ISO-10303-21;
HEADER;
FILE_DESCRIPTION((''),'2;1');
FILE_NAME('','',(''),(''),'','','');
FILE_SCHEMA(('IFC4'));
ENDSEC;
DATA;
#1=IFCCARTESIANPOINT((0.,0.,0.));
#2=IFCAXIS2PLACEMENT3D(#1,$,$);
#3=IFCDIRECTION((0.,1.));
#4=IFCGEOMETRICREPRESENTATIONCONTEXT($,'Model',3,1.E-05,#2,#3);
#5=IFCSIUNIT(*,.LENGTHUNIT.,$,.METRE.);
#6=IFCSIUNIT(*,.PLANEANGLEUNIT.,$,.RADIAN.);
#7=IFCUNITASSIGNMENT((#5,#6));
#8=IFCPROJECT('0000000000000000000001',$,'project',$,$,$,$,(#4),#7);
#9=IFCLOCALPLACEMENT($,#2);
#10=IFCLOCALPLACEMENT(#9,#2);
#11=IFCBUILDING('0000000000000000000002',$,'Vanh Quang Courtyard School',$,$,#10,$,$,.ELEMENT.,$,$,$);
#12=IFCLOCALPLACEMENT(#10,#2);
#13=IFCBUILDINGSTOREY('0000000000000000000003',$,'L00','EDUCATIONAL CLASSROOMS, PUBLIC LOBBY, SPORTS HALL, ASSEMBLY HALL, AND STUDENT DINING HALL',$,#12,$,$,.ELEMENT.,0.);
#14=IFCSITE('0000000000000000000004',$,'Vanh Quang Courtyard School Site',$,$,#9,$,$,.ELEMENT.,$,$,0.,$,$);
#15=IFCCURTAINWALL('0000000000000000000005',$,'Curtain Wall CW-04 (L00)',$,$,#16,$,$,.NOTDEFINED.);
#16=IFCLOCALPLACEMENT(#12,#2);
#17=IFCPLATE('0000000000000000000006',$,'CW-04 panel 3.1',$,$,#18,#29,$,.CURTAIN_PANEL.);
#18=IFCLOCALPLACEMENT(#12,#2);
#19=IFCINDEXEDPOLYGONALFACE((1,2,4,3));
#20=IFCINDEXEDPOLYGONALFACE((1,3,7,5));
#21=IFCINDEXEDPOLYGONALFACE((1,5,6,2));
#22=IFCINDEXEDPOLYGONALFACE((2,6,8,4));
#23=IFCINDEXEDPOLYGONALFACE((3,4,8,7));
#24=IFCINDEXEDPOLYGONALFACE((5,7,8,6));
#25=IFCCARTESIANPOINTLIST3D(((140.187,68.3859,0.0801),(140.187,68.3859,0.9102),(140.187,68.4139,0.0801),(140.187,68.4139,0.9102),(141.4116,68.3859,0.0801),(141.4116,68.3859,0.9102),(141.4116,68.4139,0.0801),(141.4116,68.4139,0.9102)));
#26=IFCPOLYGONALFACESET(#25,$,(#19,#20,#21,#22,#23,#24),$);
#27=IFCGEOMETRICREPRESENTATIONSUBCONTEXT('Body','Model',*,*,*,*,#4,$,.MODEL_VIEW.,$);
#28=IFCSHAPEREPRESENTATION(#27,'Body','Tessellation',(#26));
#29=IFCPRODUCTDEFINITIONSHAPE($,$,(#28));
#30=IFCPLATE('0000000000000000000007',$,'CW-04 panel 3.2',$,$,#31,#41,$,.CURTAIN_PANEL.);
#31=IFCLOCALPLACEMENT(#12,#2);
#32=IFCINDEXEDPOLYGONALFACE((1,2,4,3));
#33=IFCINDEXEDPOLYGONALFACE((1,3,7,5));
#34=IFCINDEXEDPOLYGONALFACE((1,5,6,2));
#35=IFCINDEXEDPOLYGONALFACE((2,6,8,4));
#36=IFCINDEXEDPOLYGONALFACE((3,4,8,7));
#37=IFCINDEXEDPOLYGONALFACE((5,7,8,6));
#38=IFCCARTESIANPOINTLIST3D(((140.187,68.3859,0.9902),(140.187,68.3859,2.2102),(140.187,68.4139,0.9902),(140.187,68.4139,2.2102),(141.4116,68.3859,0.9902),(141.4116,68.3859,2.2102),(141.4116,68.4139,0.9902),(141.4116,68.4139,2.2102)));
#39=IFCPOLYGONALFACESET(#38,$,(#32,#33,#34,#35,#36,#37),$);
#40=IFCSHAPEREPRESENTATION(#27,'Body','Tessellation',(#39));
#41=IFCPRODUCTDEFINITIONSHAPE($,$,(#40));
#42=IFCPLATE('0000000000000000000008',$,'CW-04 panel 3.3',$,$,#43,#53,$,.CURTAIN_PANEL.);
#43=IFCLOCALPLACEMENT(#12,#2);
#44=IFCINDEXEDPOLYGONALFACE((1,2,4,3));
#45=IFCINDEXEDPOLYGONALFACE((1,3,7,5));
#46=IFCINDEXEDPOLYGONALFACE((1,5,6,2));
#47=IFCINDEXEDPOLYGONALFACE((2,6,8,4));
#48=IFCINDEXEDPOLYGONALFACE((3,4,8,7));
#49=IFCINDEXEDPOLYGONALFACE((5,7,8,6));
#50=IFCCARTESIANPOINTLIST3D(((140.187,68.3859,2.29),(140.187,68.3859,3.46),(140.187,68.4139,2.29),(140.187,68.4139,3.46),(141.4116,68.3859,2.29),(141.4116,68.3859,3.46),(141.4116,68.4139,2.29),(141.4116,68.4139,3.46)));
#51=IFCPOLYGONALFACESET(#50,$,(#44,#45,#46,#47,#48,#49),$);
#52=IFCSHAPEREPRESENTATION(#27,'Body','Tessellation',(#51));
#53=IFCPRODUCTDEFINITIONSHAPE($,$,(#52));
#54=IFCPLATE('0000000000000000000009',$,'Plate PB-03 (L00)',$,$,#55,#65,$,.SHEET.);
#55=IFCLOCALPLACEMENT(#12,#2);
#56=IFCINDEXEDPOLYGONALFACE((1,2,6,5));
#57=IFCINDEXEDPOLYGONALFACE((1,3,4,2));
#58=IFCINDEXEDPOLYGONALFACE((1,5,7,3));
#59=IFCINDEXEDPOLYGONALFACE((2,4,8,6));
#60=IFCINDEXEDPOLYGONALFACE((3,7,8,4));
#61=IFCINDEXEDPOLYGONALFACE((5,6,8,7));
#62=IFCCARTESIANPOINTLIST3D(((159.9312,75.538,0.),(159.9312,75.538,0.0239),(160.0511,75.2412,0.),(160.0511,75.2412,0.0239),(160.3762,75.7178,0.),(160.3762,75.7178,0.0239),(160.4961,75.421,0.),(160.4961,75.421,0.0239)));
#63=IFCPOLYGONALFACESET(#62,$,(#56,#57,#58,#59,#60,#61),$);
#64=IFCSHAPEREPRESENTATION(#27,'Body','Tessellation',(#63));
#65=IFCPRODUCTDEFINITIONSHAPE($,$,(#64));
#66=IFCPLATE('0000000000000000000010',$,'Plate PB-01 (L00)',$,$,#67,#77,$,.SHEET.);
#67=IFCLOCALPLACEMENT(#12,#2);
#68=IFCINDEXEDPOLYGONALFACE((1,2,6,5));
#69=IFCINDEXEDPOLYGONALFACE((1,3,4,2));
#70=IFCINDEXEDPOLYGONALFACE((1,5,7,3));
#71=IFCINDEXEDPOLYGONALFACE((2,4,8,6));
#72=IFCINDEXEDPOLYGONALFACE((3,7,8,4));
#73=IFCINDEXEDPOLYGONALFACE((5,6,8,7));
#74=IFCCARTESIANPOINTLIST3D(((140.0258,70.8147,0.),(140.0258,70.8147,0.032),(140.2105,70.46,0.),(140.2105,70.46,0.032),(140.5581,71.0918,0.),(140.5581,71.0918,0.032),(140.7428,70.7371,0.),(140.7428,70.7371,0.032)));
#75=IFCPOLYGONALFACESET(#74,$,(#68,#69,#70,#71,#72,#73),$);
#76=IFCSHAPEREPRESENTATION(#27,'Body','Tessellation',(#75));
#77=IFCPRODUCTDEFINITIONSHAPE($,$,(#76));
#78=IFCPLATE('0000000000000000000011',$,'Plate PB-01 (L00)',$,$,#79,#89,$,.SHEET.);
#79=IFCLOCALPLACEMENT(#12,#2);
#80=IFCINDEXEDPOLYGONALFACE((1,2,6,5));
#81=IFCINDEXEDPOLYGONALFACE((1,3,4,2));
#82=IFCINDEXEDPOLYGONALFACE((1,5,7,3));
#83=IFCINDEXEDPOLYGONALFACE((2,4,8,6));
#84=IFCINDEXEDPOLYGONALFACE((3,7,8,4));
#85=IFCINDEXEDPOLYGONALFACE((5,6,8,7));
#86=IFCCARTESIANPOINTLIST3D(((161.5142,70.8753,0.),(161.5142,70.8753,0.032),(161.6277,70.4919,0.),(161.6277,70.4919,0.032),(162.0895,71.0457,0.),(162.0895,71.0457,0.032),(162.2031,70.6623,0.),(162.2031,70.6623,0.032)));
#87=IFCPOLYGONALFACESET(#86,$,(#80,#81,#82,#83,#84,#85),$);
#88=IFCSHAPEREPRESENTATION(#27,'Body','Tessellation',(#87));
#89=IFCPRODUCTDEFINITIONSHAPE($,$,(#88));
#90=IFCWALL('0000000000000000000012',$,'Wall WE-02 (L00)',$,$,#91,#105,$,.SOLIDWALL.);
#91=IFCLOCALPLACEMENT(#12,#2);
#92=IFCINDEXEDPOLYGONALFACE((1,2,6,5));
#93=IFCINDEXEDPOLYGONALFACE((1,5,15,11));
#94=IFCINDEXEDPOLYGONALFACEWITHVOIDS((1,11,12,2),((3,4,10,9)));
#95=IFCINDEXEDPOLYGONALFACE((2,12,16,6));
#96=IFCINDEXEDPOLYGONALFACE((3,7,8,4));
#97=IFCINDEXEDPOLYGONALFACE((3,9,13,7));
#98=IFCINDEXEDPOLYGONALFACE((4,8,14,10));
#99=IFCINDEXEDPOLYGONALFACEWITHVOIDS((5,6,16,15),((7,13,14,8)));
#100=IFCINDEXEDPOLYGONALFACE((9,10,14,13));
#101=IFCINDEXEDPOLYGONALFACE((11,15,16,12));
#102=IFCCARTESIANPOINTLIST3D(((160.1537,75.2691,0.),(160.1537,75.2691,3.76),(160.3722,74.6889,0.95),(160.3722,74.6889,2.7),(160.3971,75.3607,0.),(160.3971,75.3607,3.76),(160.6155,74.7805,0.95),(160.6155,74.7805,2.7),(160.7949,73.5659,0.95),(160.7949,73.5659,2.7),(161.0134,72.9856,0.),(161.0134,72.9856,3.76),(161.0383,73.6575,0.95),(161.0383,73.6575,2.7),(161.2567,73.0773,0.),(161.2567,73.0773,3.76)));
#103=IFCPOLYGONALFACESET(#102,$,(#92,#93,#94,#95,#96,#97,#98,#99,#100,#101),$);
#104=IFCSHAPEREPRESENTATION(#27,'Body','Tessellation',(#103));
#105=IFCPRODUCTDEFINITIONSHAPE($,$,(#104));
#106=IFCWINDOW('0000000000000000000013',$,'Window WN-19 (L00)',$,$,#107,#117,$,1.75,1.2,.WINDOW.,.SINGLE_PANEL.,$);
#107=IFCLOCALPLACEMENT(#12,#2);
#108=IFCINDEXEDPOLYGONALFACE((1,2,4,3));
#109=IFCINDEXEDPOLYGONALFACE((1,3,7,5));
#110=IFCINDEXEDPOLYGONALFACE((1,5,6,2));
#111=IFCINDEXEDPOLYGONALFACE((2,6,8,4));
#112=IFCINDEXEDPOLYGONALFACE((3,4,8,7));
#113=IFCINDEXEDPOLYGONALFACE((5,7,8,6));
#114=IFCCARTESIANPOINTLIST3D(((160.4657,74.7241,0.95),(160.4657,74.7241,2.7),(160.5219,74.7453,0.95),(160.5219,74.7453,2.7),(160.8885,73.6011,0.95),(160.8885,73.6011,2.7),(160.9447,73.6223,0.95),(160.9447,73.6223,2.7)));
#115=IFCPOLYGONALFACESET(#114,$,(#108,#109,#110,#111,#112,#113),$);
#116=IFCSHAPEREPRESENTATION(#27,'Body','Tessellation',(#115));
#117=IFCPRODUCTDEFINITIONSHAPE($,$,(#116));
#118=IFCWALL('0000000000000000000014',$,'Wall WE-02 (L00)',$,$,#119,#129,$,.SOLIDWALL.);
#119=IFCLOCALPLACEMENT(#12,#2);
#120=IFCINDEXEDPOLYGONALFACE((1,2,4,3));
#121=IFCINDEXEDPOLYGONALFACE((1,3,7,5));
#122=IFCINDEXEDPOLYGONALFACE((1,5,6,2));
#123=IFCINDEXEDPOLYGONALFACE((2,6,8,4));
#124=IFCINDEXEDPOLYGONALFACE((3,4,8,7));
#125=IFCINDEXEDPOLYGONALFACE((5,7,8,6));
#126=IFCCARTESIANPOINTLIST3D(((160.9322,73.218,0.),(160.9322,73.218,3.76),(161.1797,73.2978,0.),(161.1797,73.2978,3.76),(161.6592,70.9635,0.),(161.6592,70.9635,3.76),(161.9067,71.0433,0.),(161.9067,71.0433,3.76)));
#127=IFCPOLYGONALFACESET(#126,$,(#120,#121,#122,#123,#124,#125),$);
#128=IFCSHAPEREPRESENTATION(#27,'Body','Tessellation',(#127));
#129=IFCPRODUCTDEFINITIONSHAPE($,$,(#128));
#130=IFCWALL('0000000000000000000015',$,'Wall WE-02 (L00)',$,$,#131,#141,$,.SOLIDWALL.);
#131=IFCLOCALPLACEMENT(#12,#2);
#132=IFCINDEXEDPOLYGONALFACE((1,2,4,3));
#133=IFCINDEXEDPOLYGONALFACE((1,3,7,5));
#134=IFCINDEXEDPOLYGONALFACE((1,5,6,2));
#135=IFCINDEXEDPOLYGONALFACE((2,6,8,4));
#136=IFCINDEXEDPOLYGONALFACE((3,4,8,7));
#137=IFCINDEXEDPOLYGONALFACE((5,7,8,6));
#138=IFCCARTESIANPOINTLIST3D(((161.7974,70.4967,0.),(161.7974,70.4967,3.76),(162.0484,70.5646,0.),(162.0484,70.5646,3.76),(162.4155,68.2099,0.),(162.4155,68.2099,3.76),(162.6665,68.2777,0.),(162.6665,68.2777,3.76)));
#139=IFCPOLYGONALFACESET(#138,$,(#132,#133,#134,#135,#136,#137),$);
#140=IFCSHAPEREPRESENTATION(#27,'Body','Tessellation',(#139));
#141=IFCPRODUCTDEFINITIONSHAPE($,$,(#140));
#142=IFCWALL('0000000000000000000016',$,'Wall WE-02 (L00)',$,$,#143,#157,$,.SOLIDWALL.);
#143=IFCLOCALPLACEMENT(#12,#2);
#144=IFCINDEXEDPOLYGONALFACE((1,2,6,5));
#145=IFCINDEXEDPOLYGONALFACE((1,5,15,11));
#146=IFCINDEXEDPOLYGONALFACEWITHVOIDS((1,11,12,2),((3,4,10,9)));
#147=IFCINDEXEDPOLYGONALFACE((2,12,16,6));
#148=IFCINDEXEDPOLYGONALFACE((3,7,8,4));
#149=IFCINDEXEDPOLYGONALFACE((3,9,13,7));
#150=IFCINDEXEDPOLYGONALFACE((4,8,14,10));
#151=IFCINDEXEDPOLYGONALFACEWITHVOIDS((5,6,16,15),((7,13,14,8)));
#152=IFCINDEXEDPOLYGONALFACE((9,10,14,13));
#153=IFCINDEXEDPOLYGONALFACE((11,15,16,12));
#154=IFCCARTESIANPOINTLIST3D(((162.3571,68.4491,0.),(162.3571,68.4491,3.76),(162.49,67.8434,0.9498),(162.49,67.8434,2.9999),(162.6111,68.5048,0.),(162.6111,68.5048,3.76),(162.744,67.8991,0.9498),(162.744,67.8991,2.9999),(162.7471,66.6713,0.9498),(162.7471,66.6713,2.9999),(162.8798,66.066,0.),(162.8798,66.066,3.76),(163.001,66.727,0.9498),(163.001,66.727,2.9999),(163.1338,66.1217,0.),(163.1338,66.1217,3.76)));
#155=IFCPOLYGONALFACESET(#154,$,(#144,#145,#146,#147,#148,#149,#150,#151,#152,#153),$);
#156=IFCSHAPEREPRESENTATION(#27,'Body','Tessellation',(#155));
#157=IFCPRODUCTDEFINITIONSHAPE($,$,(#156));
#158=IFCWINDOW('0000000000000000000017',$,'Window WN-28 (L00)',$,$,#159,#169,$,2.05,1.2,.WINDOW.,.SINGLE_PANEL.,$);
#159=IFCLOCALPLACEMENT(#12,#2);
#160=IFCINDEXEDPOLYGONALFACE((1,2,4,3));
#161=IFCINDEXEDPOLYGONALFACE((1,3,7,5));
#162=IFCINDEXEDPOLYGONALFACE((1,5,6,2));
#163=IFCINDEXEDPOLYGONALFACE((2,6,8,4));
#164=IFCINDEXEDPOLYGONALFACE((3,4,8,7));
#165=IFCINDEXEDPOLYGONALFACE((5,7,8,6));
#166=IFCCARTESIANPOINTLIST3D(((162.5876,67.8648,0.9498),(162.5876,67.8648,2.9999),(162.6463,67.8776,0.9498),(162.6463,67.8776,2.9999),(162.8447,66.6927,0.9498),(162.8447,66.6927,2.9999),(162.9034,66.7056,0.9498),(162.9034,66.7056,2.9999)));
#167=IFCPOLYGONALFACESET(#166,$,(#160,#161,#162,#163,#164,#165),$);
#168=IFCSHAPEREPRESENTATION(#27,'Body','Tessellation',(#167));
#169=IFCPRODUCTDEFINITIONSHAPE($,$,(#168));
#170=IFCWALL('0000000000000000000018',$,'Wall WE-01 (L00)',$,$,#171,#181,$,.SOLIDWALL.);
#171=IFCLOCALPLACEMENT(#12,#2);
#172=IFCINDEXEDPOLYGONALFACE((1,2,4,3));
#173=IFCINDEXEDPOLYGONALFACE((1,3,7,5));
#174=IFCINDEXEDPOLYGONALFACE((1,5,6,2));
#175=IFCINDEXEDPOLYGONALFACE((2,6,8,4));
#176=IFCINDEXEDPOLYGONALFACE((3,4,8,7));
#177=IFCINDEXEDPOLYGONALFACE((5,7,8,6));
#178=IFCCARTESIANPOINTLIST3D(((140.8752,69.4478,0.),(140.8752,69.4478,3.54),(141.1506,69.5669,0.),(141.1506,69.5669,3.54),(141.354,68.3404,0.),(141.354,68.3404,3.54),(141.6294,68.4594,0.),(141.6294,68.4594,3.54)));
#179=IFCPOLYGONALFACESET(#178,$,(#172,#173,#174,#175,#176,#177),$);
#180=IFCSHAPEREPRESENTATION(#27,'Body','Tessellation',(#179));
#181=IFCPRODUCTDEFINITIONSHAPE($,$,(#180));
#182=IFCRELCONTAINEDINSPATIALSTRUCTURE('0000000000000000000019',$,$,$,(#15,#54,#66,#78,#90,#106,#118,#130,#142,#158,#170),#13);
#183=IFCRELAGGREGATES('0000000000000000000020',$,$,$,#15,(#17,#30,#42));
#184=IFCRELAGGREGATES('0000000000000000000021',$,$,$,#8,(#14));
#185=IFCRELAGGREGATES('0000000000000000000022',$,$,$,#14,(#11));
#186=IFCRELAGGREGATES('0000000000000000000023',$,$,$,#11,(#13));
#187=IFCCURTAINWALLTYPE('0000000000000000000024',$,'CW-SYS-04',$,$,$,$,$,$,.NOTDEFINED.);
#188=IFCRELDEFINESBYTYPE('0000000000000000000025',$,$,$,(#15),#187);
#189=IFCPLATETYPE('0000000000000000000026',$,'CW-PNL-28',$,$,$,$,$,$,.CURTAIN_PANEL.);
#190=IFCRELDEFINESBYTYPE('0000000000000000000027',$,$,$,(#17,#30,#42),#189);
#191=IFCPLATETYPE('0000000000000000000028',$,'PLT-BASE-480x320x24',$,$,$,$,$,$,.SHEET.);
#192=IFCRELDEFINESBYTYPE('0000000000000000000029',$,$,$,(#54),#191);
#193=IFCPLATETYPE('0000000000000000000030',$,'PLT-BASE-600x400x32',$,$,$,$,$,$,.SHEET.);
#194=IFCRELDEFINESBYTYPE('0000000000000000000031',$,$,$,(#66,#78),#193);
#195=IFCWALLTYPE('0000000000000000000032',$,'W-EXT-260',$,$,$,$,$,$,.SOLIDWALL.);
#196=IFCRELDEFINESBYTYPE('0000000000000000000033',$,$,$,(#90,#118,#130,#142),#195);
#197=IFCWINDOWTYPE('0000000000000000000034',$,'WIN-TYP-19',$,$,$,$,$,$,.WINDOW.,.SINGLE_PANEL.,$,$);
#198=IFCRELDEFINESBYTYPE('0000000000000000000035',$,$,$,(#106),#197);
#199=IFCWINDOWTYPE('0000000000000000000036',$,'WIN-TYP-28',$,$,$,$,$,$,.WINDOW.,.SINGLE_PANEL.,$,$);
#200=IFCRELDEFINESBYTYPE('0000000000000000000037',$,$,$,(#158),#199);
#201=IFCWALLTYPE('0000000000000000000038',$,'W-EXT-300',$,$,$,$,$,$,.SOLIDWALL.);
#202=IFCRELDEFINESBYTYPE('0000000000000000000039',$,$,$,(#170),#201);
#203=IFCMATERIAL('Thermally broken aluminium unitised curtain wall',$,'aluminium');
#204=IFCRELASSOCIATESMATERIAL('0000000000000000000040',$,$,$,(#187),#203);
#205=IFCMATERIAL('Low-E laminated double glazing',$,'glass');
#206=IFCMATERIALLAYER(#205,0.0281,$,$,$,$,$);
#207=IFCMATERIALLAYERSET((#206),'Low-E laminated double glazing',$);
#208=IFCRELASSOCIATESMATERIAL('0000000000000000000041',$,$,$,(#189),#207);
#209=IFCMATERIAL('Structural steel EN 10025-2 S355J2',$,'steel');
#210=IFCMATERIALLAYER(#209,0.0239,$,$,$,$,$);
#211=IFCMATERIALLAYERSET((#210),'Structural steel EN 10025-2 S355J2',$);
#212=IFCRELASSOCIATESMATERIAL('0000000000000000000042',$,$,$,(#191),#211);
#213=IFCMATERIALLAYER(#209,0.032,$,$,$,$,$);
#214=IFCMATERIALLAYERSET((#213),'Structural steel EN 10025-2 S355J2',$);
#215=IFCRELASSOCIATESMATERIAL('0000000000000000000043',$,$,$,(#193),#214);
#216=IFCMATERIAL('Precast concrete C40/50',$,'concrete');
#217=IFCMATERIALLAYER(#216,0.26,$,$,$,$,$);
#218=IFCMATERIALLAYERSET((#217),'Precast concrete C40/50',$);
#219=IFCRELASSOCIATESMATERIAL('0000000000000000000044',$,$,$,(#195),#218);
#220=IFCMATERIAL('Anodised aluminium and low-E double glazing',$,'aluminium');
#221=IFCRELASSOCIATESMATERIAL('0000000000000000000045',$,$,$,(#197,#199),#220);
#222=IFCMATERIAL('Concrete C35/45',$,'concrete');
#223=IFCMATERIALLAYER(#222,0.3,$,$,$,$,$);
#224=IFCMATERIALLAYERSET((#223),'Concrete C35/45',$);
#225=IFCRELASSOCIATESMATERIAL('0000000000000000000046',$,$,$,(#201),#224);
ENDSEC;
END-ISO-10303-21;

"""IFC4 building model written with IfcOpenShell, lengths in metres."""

from ifc_helpers import new_model, si_unit, direction, frame, frame_2d, origin, origin_2d, place, context, subcontext, project, spatial, rectangle, extrude, material, layer, layer_set, type_object, element, fill, aggregate, save


model = new_model("IFC4")

# Units and contexts
model_context = context("Model", 3, precision=1e-05, world=origin(), true_north=direction((0.0, 1.0)))
body_context = subcontext(model_context, "Body", "Model", "MODEL_VIEW")
ifc_project = project(units=[si_unit("LENGTHUNIT", "METRE"), si_unit("PLANEANGLEUNIT", "RADIAN")], contexts=[model_context])

# Site, building, storey
site_placement = place(None, origin())
site = spatial("IfcSite", under=ifc_project, at=site_placement, Name="Vanh Quang Courtyard School Site", CompositionType="ELEMENT", RefElevation=0.0)
building_placement = place(site_placement, origin())
building = spatial("IfcBuilding", under=site, at=building_placement, Name="Vanh Quang Courtyard School", CompositionType="ELEMENT")
storey_placement = place(building_placement, origin())
storey = spatial("IfcBuildingStorey", under=building, at=storey_placement, Name="L00", Description="EDUCATIONAL CLASSROOMS, PUBLIC LOBBY, SPORTS HALL, ASSEMBLY HALL, AND STUDENT DINING HALL", CompositionType="ELEMENT", Elevation=0.0)

# Shared definitions
ifc_material_1 = material(Name="Concrete C35/45", Category="concrete")

# Shared definitions
ifc_material_2 = material(Name="Structural steel EN 10025-2 S355J2", Category="steel")

# Curtain wall, plates
ifc_material_3 = material(Name="Thermally broken aluminium unitised curtain wall", Category="aluminium")
curtain_wall_type = type_object("IfcCurtainWallType", Name="CW-SYS-04", PredefinedType="NOTDEFINED", material=ifc_material_3)
curtain_wall_placement = place(storey_placement, origin())
curtain_wall = element("IfcCurtainWall", 1, at=curtain_wall_placement, inside=storey, type_object=curtain_wall_type, Name="Curtain Wall CW-04 (L00)", PredefinedType="NOTDEFINED")
ifc_material_4 = material(Name="Low-E laminated double glazing", Category="glass")
ifc_layer_1 = layer(ifc_material_4, 0.0281)
ifc_layer_set_1 = layer_set([ifc_layer_1], Name="Low-E laminated double glazing")
plate_type_1 = type_object("IfcPlateType", Name="CW-PNL-28", PredefinedType="CURTAIN_PANEL", material=ifc_layer_set_1)
plate_1_placement = place(storey_placement, frame((140.7993, 68.3999, 0.0801), z_axis=(0.0, 0.0, 1.0), x_axis=(1.0, 0.0, 0.0)))
plate_1 = element("IfcPlate", 2, at=plate_1_placement, type_object=plate_type_1, Name="CW-04 panel 3.1", PredefinedType="CURTAIN_PANEL", context=body_context, shape_type="SweptSolid", body=[
    extrude(rectangle(XDim=1.2246, YDim=0.0281, at=origin_2d()), origin(), (0.0, 0.0, 1.0), 0.8301),
])
plate_2_placement = place(storey_placement, frame((140.7993, 68.3999, 0.9902), z_axis=(0.0, 0.0, 1.0), x_axis=(1.0, 0.0, 0.0)))
plate_2 = element("IfcPlate", 3, at=plate_2_placement, type_object=plate_type_1, Name="CW-04 panel 3.2", PredefinedType="CURTAIN_PANEL", context=body_context, shape_type="SweptSolid", body=[
    extrude(rectangle(XDim=1.2246, YDim=0.0281, at=origin_2d()), origin(), (0.0, 0.0, 1.0), 1.22),
])
plate_3_placement = place(storey_placement, frame((140.7993, 68.3999, 2.29), z_axis=(0.0, 0.0, 1.0), x_axis=(1.0, 0.0, 0.0)))
plate_3 = element("IfcPlate", 4, at=plate_3_placement, type_object=plate_type_1, Name="CW-04 panel 3.3", PredefinedType="CURTAIN_PANEL", context=body_context, shape_type="SweptSolid", body=[
    extrude(rectangle(XDim=1.2246, YDim=0.0281, at=origin_2d()), origin(), (0.0, 0.0, 1.0), 1.1699),
])
aggregate(curtain_wall, [plate_1, plate_2, plate_3])

# Plates
ifc_layer_2 = layer(ifc_material_2, 0.0239)
ifc_layer_set_2 = layer_set([ifc_layer_2], Name="Structural steel EN 10025-2 S355J2")
plate_type_2 = type_object("IfcPlateType", Name="PLT-BASE-480x320x24", PredefinedType="SHEET", material=ifc_layer_set_2)
plate_4_placement = place(storey_placement, frame((160.2136, 75.4795, 0.0), z_axis=(0.0, 0.0, 1.0), x_axis=(0.927184, 0.374607, 0.0)))
element("IfcPlate", 5, at=plate_4_placement, inside=storey, type_object=plate_type_2, Name="Plate PB-03 (L00)", PredefinedType="SHEET", context=body_context, shape_type="SweptSolid", body=[
    extrude(rectangle(XDim=0.48, YDim=0.3201, at=origin_2d()), origin(), (0.0, 0.0, 1.0), 0.0239),
])
ifc_layer_3 = layer(ifc_material_2, 0.032)
ifc_layer_set_3 = layer_set([ifc_layer_3], Name="Structural steel EN 10025-2 S355J2")
plate_type_3 = type_object("IfcPlateType", Name="PLT-BASE-600x400x32", PredefinedType="SHEET", material=ifc_layer_set_3)
for number, where, z_axis, x_axis, name in (
    (6, (140.3843, 70.7759, 0.0), (0.0, 0.0, 1.0), (0.887011, 0.461749, 0.0), "Plate PB-01 (L00)"),
    (7, (161.8586, 70.7688, 0.0), (0.0, 0.0, 1.0), (0.95882, 0.284015, 0.0), "Plate PB-01 (L00)"),
):
    element("IfcPlate", number, at=place(storey_placement, frame(where, z_axis=z_axis, x_axis=x_axis)), inside=storey, type_object=plate_type_3, Name=name, PredefinedType="SHEET", context=body_context, shape_type="SweptSolid", body=[
        extrude(rectangle(XDim=0.6001, YDim=0.3999, at=origin_2d()), origin(), (0.0, 0.0, 1.0), 0.032),
    ])

# Wall, opening, window
ifc_material_5 = material(Name="Precast concrete C40/50", Category="concrete")
ifc_layer_4 = layer(ifc_material_5, 0.26)
ifc_layer_set_4 = layer_set([ifc_layer_4], Name="Precast concrete C40/50")
wall_type_1 = type_object("IfcWallType", Name="W-EXT-260", PredefinedType="SOLIDWALL", material=ifc_layer_set_4)
wall_1_placement = place(storey_placement, frame((160.2754, 75.3149, 0.0), z_axis=(0.0, 0.0, 1.0), x_axis=(0.352318, -0.93588, 0.0)))
wall_1 = element("IfcWall", 8, at=wall_1_placement, inside=storey, type_object=wall_type_1, Name="Wall WE-02 (L00)", PredefinedType="SOLIDWALL", context=body_context, shape_type="SweptSolid", body=[
    extrude(rectangle(XDim=2.4399, YDim=0.26, at=frame_2d((1.22, 0.0))), origin(), (0.0, 0.0, 1.0), 3.76),
])
opening_1_placement = place(wall_1_placement, frame((0.6199, 0.0, 0.95)))
opening_1 = element("IfcOpeningElement", 9, at=opening_1_placement, cuts=wall_1, PredefinedType="OPENING", context=body_context, shape_type="SweptSolid", body=[
    extrude(rectangle(XDim=1.2, YDim=1.75, at=frame_2d((0.6001, 0.875))), frame((0.0, 0.1401, 0.0), z_axis=(0.0, -1.0, 0.0), x_axis=(1.0, 0.0, 0.0)), (0.0, 0.0, 1.0), 0.28),
])
ifc_material_6 = material(Name="Anodised aluminium and low-E double glazing", Category="aluminium")
window_type_1 = type_object("IfcWindowType", Name="WIN-TYP-19", PartitioningType="SINGLE_PANEL", PredefinedType="WINDOW", material=ifc_material_6)
window_1_placement = place(opening_1_placement, origin())
window_1 = element("IfcWindow", 10, at=window_1_placement, inside=storey, type_object=window_type_1, Name="Window WN-19 (L00)", OverallHeight=1.75, OverallWidth=1.2, PartitioningType="SINGLE_PANEL", PredefinedType="WINDOW", context=body_context, shape_type="SweptSolid", body=[
    extrude(rectangle(XDim=1.2, YDim=1.75, at=frame_2d((0.6001, 0.875))), frame((0.0, 0.03, 0.0), z_axis=(0.0, -1.0, 0.0), x_axis=(1.0, 0.0, 0.0)), (0.0, 0.0, 1.0), 0.0601),
])
fill(opening_1, window_1)

# Walls
for number, where, z_axis, x_axis, name in (
    (11, (161.0559, 73.2581, 0.0), (0.0, 0.0, 1.0), (0.306906, -0.95174, 0.0), "Wall WE-02 (L00)"),
    (12, (161.9229, 70.5308, 0.0), (0.0, 0.0, 1.0), (0.260945, -0.965354, 0.0), "Wall WE-02 (L00)"),
):
    element("IfcWall", number, at=place(storey_placement, frame(where, z_axis=z_axis, x_axis=x_axis)), inside=storey, type_object=wall_type_1, Name=name, PredefinedType="SOLIDWALL", context=body_context, shape_type="SweptSolid", body=[
        extrude(rectangle(XDim=2.3689, YDim=0.26, at=frame_2d((1.1846, 0.0))), origin(), (0.0, 0.0, 1.0), 3.76),
    ])

# Wall, opening, window
wall_2_placement = place(storey_placement, frame((162.4841, 68.4768, 0.0), z_axis=(0.0, 0.0, 1.0), x_axis=(0.214249, -0.976779, 0.0)))
wall_2 = element("IfcWall", 13, at=wall_2_placement, inside=storey, type_object=wall_type_1, Name="Wall WE-02 (L00)", PredefinedType="SOLIDWALL", context=body_context, shape_type="SweptSolid", body=[
    extrude(rectangle(XDim=2.4397, YDim=0.26, at=frame_2d((1.2197, 0.0))), origin(), (0.0, 0.0, 1.0), 3.76),
])
opening_2_placement = place(wall_2_placement, frame((0.6199, 0.0, 0.95)))
opening_2 = element("IfcOpeningElement", 14, at=opening_2_placement, cuts=wall_2, PredefinedType="OPENING", context=body_context, shape_type="SweptSolid", body=[
    extrude(rectangle(XDim=1.2, YDim=2.05, at=frame_2d((0.6001, 1.0249))), frame((0.0, 0.1401, 0.0), z_axis=(0.0, -1.0, 0.0), x_axis=(1.0, 0.0, 0.0)), (0.0, 0.0, 1.0), 0.28),
])
window_type_2 = type_object("IfcWindowType", Name="WIN-TYP-28", PartitioningType="SINGLE_PANEL", PredefinedType="WINDOW", material=ifc_material_6)
window_2_placement = place(opening_2_placement, origin())
window_2 = element("IfcWindow", 15, at=window_2_placement, inside=storey, type_object=window_type_2, Name="Window WN-28 (L00)", OverallHeight=2.05, OverallWidth=1.2, PartitioningType="SINGLE_PANEL", PredefinedType="WINDOW", context=body_context, shape_type="SweptSolid", body=[
    extrude(rectangle(XDim=1.2, YDim=2.05, at=frame_2d((0.6001, 1.0249))), frame((0.0, 0.03, 0.0), z_axis=(0.0, -1.0, 0.0), x_axis=(1.0, 0.0, 0.0)), (0.0, 0.0, 1.0), 0.0601),
])
fill(opening_2, window_2)

# Wall
ifc_layer_5 = layer(ifc_material_1, 0.3)
ifc_layer_set_5 = layer_set([ifc_layer_5], Name="Concrete C35/45")
wall_type_2 = type_object("IfcWallType", Name="W-EXT-300", PredefinedType="SOLIDWALL", material=ifc_layer_set_5)
wall_3_placement = place(storey_placement, frame((141.4917, 68.3999, 0.0), z_axis=(0.0, 0.0, 1.0), x_axis=(-0.396824, 0.917895, 0.0)))
element("IfcWall", 16, at=wall_3_placement, inside=storey, type_object=wall_type_2, Name="Wall WE-01 (L00)", PredefinedType="SOLIDWALL", context=body_context, shape_type="SweptSolid", body=[
    extrude(rectangle(XDim=1.2065, YDim=0.3, at=frame_2d((0.6033, 0.0))), origin(), (0.0, 0.0, 1.0), 3.54),
])

save(model, "model.ifc")
